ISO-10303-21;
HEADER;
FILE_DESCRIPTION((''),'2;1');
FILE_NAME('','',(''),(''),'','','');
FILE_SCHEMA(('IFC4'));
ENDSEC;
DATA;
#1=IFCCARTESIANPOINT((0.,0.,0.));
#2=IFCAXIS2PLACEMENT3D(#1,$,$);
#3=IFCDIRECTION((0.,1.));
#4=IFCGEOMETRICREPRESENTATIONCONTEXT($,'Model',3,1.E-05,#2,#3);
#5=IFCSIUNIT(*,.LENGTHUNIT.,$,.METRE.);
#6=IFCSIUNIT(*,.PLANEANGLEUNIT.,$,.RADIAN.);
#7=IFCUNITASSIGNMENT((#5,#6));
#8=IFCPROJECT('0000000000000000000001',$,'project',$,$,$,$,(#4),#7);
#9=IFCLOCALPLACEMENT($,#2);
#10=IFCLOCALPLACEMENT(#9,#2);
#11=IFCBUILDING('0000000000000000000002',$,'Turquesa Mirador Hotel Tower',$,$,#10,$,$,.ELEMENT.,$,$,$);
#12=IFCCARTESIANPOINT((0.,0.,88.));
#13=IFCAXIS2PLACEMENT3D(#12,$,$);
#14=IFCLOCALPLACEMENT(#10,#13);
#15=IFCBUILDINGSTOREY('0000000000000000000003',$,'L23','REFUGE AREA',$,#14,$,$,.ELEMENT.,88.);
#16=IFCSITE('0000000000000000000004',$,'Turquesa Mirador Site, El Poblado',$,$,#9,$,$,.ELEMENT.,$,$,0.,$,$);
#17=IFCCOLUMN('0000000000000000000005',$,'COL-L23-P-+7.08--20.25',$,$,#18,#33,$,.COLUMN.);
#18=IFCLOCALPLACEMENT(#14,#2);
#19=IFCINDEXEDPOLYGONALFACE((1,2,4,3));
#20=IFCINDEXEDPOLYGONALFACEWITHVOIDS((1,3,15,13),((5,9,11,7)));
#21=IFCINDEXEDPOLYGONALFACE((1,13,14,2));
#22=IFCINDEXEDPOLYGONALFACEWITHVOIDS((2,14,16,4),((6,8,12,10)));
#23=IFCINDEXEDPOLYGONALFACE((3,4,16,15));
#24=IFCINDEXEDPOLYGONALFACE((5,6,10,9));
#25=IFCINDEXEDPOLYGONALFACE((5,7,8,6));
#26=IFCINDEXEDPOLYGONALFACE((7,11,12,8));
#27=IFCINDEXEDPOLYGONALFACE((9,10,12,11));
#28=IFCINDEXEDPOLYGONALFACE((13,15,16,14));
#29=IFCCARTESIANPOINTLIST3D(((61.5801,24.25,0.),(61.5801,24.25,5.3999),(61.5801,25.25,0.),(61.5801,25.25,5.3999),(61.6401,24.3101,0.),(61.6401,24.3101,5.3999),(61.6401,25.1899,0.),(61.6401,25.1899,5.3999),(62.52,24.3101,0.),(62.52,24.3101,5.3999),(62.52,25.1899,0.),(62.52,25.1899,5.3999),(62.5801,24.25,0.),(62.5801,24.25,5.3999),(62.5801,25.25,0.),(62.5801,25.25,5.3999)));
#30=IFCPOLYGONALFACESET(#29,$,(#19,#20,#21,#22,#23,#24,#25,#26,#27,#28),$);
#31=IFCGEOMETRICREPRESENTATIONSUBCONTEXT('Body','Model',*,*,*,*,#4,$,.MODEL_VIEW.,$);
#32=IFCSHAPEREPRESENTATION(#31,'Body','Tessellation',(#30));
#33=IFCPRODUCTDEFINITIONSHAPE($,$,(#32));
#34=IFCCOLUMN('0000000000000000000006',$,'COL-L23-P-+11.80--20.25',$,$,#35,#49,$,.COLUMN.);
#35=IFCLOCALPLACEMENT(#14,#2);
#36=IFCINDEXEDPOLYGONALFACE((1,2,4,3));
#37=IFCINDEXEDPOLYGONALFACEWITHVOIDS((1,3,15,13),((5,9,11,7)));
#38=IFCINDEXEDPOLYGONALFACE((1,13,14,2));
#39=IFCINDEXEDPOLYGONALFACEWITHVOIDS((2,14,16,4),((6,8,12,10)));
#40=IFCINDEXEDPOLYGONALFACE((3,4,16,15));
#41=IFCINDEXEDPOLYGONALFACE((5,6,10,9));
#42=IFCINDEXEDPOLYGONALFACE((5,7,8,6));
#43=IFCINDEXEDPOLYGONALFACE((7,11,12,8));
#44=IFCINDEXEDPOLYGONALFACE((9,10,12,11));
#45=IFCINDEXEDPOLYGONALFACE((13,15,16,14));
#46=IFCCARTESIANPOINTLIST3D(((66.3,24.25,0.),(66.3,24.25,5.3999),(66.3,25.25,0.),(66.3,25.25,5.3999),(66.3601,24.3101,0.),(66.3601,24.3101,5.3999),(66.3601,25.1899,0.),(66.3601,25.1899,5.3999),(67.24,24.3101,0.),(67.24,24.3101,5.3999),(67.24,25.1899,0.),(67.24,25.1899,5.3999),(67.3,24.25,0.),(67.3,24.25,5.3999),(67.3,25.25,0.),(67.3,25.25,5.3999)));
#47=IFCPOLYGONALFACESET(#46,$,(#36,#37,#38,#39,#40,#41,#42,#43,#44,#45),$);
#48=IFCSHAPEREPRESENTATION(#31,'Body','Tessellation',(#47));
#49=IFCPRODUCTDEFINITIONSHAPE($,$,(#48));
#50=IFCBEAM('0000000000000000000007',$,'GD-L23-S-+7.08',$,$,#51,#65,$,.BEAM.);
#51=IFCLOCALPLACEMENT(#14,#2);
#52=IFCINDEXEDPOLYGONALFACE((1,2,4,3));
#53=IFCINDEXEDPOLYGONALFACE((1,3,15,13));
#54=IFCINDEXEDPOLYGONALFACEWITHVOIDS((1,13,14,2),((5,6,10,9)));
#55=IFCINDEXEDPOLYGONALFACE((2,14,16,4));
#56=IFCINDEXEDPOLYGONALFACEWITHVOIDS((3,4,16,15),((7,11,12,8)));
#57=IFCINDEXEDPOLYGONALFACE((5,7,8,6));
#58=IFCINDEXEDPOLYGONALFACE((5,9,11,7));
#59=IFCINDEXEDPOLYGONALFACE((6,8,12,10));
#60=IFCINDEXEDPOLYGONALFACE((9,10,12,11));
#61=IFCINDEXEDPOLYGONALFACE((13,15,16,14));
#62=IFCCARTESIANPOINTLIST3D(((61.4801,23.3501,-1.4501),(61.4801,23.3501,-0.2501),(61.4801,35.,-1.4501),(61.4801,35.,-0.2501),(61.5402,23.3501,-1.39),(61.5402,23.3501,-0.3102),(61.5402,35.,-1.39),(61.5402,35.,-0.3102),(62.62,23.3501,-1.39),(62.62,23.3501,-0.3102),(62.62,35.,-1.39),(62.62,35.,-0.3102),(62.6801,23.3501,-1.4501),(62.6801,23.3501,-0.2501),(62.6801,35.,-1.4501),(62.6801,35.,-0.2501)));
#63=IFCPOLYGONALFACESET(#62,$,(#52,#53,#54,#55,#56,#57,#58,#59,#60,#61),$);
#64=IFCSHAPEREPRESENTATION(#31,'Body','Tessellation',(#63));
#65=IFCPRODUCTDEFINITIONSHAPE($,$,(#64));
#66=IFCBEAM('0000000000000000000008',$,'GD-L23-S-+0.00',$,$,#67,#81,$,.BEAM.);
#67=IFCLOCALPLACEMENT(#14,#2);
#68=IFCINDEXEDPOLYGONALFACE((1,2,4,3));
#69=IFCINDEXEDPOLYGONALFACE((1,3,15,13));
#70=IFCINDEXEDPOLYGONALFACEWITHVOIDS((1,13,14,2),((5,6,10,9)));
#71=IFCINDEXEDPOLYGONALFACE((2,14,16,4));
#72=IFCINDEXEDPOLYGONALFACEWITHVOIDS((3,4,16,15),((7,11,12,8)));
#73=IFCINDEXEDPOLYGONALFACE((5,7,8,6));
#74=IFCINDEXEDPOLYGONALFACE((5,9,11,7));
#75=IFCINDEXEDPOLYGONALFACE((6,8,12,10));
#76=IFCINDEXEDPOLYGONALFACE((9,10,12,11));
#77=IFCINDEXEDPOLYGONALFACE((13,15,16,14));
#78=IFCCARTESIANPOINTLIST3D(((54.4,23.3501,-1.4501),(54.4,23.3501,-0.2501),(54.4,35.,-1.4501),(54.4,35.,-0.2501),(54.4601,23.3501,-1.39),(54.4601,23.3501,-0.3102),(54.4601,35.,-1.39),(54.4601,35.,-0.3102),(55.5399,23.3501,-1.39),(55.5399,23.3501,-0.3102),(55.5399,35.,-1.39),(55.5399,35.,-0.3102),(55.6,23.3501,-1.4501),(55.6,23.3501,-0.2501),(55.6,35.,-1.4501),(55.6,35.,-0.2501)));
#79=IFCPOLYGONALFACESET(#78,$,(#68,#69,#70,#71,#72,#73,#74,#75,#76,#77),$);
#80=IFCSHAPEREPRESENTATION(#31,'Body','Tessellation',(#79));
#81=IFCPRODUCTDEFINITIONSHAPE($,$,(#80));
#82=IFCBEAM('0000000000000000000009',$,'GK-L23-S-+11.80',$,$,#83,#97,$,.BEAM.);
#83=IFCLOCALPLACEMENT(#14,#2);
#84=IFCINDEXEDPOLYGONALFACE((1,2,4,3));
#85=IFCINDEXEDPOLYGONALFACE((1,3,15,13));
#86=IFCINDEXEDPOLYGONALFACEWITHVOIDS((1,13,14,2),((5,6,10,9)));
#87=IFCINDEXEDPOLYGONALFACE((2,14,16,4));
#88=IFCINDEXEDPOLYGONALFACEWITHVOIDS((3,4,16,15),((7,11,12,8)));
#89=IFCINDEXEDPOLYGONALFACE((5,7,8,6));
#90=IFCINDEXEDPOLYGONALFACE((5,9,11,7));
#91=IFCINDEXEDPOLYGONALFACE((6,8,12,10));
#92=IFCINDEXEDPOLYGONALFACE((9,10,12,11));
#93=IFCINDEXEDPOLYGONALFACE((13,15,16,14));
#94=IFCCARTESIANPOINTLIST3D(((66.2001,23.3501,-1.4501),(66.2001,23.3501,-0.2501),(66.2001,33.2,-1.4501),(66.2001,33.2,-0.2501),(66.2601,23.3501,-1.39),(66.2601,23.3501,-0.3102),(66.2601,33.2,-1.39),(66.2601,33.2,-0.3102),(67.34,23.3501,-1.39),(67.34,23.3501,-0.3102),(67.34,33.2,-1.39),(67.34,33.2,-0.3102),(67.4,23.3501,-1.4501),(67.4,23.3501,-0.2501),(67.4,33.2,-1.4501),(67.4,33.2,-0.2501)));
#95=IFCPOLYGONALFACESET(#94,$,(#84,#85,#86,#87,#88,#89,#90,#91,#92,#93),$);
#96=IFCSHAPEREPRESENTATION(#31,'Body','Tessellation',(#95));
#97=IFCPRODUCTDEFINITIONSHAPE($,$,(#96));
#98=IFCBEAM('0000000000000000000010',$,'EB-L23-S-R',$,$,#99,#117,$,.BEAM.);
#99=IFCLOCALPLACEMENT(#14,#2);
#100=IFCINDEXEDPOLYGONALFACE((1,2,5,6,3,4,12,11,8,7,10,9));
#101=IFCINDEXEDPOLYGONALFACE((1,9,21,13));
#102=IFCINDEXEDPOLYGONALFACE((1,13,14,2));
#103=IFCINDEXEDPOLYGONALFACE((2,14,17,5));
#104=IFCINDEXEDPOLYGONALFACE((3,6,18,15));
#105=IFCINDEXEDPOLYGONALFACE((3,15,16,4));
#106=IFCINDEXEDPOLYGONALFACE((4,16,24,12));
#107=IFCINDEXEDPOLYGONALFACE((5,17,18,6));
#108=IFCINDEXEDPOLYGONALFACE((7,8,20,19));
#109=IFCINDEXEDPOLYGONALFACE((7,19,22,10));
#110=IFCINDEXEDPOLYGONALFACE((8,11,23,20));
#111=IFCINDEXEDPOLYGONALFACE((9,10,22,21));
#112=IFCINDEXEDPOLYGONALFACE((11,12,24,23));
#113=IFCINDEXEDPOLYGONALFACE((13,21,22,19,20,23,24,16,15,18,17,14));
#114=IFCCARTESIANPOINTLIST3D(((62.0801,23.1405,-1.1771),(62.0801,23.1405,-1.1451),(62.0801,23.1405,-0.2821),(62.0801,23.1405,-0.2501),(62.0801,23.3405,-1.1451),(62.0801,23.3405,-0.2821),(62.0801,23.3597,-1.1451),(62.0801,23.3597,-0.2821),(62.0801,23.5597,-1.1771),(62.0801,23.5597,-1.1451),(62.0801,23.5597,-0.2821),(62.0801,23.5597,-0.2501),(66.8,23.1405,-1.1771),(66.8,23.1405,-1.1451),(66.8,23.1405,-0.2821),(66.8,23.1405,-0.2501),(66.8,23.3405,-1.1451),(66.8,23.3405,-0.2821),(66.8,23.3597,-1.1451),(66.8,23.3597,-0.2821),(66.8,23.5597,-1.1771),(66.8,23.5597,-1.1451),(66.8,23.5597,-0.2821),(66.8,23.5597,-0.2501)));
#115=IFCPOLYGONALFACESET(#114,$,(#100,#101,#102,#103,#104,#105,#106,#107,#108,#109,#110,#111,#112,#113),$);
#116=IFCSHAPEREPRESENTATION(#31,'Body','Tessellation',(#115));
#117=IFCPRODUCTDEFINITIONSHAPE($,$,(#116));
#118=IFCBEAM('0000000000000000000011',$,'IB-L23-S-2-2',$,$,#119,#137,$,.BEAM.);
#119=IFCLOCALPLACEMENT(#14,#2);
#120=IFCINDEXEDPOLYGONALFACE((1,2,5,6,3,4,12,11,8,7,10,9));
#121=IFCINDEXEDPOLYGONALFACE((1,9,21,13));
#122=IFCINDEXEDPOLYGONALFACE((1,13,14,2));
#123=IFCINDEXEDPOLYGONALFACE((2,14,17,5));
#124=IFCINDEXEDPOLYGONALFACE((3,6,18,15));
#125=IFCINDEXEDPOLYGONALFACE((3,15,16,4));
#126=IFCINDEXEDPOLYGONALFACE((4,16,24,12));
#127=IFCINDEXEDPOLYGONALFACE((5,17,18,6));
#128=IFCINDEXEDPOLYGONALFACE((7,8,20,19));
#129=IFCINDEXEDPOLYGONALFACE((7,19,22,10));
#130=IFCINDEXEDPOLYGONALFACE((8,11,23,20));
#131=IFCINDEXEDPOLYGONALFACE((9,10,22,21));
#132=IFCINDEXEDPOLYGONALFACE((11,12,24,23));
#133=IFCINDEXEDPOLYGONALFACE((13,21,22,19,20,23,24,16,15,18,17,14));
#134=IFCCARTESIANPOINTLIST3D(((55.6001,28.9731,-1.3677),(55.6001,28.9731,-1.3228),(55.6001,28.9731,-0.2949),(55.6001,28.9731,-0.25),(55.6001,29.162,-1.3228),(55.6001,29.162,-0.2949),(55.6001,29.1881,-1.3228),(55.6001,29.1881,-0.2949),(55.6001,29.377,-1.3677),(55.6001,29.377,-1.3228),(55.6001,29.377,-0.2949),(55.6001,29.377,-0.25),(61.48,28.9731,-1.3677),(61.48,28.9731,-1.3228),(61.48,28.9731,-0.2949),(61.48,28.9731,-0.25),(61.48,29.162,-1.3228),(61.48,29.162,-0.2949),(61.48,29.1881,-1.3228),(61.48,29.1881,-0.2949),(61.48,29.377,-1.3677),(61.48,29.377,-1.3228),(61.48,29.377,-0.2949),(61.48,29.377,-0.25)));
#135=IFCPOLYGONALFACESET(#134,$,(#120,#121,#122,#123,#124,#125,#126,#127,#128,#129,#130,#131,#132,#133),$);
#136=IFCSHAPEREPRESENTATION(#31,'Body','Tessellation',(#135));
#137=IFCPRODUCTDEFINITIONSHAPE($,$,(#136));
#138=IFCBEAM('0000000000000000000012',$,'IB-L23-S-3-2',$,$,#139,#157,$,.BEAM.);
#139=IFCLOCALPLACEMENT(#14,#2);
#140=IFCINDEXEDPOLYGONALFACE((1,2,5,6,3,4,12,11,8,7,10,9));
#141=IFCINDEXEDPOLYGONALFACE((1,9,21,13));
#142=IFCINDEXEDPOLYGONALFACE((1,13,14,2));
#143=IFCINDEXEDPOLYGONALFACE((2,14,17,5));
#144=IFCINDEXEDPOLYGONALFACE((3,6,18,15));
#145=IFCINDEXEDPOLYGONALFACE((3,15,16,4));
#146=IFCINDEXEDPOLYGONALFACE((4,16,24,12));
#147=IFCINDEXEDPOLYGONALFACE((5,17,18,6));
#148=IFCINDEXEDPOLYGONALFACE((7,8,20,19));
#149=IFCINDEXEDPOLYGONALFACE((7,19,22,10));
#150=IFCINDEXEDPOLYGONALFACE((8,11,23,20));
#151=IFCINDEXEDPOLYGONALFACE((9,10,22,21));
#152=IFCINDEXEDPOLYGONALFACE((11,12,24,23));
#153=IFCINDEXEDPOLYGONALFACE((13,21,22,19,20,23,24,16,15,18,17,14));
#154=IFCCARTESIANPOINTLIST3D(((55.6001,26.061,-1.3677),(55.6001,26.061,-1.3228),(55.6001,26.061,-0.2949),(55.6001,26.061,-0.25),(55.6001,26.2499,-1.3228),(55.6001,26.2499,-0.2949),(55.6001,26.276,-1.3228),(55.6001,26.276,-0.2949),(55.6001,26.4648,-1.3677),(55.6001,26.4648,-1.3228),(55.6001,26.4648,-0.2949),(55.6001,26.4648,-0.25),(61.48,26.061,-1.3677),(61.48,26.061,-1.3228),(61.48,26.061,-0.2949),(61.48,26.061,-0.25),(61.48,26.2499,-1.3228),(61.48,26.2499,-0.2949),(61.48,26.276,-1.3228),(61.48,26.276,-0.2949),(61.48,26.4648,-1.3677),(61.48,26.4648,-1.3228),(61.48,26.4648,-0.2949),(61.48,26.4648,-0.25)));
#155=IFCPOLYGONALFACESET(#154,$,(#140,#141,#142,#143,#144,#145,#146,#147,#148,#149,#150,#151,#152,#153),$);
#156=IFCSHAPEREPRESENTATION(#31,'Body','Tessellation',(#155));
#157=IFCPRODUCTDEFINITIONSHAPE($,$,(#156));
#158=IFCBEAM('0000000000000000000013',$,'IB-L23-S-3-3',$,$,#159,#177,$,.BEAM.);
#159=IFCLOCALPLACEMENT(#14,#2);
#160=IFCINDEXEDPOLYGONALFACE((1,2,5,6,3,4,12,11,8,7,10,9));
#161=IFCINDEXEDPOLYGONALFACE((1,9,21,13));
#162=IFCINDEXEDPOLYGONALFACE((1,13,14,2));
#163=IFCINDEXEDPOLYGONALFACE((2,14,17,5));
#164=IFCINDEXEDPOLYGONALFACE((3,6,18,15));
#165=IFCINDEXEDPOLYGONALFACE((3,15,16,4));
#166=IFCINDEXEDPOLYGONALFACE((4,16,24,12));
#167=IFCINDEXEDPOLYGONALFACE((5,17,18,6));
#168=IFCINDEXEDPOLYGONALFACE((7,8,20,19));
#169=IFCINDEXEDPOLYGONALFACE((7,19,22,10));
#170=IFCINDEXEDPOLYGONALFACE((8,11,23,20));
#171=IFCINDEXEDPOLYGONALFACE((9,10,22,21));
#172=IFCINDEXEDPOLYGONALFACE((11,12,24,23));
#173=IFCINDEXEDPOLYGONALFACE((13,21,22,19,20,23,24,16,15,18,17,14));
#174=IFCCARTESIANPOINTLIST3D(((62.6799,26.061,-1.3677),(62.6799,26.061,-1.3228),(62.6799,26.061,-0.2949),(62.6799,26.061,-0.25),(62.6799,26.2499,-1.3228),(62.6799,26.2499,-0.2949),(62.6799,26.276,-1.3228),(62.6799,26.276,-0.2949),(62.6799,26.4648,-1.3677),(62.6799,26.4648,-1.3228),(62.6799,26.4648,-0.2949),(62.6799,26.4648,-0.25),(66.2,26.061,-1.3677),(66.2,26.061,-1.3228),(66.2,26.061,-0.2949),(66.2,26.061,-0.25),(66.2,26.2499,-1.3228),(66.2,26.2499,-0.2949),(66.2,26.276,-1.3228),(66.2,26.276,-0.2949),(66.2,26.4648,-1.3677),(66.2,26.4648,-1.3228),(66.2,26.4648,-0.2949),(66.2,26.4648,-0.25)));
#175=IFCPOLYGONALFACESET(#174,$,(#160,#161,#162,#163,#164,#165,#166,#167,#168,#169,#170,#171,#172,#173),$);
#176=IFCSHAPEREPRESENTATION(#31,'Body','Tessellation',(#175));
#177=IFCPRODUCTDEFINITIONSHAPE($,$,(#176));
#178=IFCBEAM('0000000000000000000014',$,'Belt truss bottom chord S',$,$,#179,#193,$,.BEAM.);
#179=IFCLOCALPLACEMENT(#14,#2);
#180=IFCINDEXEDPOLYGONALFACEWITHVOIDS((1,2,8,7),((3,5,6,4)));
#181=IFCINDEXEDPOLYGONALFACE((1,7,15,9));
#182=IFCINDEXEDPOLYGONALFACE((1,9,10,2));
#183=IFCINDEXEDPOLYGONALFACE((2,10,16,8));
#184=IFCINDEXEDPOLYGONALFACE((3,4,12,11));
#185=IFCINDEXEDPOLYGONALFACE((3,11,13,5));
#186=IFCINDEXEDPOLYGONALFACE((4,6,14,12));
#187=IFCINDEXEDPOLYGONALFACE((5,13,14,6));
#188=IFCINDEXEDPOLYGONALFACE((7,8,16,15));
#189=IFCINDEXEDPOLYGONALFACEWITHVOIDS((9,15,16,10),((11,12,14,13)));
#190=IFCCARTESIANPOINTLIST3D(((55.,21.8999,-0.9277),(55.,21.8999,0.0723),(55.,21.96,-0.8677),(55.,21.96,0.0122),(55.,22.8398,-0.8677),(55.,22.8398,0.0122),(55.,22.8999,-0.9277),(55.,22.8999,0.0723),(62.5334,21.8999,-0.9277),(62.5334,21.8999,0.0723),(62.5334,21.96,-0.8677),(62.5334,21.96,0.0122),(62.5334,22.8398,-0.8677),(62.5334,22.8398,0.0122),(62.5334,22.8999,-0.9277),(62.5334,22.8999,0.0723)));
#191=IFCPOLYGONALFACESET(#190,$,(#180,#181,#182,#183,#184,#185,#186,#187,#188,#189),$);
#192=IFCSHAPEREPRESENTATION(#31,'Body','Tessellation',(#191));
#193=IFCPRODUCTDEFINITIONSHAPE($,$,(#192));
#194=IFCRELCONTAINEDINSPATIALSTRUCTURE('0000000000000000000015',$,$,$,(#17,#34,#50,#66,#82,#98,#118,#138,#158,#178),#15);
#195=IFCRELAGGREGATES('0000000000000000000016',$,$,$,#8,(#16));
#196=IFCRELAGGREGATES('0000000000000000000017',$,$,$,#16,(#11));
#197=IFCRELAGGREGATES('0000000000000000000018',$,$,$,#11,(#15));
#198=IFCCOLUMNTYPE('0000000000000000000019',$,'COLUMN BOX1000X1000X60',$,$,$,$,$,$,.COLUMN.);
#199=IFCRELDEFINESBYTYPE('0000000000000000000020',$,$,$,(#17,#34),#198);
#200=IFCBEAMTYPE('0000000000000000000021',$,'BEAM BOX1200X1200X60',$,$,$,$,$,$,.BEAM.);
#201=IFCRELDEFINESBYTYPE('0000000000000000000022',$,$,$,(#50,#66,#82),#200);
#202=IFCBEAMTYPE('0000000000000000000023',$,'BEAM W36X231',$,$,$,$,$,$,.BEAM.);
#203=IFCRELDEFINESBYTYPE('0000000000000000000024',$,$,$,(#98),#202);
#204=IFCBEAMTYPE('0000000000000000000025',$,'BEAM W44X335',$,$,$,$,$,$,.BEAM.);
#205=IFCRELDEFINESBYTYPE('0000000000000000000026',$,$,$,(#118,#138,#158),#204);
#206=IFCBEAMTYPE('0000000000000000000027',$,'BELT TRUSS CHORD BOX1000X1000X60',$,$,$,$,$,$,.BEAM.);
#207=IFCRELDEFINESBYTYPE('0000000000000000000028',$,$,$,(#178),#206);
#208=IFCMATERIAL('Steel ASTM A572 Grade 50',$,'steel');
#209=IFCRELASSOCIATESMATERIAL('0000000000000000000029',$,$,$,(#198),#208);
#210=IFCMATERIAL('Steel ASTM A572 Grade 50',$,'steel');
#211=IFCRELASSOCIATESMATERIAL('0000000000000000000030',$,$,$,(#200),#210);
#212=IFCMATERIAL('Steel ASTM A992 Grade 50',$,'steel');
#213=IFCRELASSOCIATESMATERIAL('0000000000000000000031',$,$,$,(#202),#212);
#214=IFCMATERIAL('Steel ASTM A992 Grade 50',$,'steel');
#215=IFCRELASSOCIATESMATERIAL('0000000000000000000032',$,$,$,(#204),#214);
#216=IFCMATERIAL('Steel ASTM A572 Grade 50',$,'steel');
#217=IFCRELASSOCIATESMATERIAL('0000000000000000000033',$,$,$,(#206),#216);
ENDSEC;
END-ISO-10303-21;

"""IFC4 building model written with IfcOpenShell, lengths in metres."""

from ifc_helpers import new_model, si_unit, direction, frame, origin, origin_2d, place, context, subcontext, project, spatial, hollow_rectangle, i_section, extrude, material, material_profile, profile_set, type_object, element, save


model = new_model("IFC4")

# Units and contexts
model_context = context("Model", 3, precision=1e-05, world=origin(), true_north=direction((0.0, 1.0)))
body_context = subcontext(model_context, "Body", "Model", "MODEL_VIEW")
ifc_project = project(units=[si_unit("LENGTHUNIT", "METRE"), si_unit("PLANEANGLEUNIT", "RADIAN")], contexts=[model_context])

# Site, building, storey
site_placement = place(None, origin())
site = spatial("IfcSite", under=ifc_project, at=site_placement, Name="Turquesa Mirador Site, El Poblado", CompositionType="ELEMENT", RefElevation=0.0)
building_placement = place(site_placement, origin())
building = spatial("IfcBuilding", under=site, at=building_placement, Name="Turquesa Mirador Hotel Tower", CompositionType="ELEMENT")
storey_placement = place(building_placement, frame((0.0, 0.0, 88.0)))
storey = spatial("IfcBuildingStorey", under=building, at=storey_placement, Name="L23", Description="REFUGE AREA", CompositionType="ELEMENT", Elevation=88.0)

# Columns
ifc_material_1 = material(Name="Steel ASTM A572 Grade 50", Category="steel")
ifc_material_profile_1 = material_profile(ifc_material_1, hollow_rectangle(XDim=1.0, YDim=1.0, WallThickness=0.0601, at=origin_2d()), Name="BOX1000X1000X60")
ifc_profile_set_1 = profile_set([ifc_material_profile_1], Name="Steel ASTM A572 Grade 50")
column_type = type_object("IfcColumnType", Name="COLUMN BOX1000X1000X60", PredefinedType="COLUMN", material=ifc_profile_set_1)
for number, where, z_axis, x_axis, name in (
    (1, (62.0801, 24.75, 0.0), (0.0, 0.0, 1.0), (1.0, 0.0, 0.0), "COL-L23-P-+7.08--20.25"),
    (2, (66.8, 24.75, 0.0), (0.0, 0.0, 1.0), (1.0, 0.0, 0.0), "COL-L23-P-+11.80--20.25"),
):
    element("IfcColumn", number, at=place(storey_placement, frame(where, z_axis=z_axis, x_axis=x_axis)), inside=storey, type_object=column_type, Name=name, PredefinedType="COLUMN", context=body_context, shape_type="SweptSolid", body=[
        extrude(hollow_rectangle(XDim=1.0, YDim=1.0, WallThickness=0.0601, at=origin_2d()), origin(), (0.0, 0.0, 1.0), 5.3999),
    ])

# Beams
ifc_material_2 = material(Name="Steel ASTM A572 Grade 50", Category="steel")
ifc_material_profile_2 = material_profile(ifc_material_2, hollow_rectangle(XDim=1.2, YDim=1.2, WallThickness=0.0601, at=origin_2d()), Name="BOX1200X1200X60")
ifc_profile_set_2 = profile_set([ifc_material_profile_2], Name="Steel ASTM A572 Grade 50")
beam_type_1 = type_object("IfcBeamType", Name="BEAM BOX1200X1200X60", PredefinedType="BEAM", material=ifc_profile_set_2)
for number, where, z_axis, x_axis, name in (
    (3, (62.0801, 23.3501, -0.8501), (0.0, 1.0, 0.0), (-1.0, 0.0, 0.0), "GD-L23-S-+7.08"),
    (4, (55.0, 23.3501, -0.8501), (0.0, 1.0, 0.0), (-1.0, 0.0, 0.0), "GD-L23-S-+0.00"),
):
    element("IfcBeam", number, at=place(storey_placement, frame(where, z_axis=z_axis, x_axis=x_axis)), inside=storey, type_object=beam_type_1, Name=name, PredefinedType="BEAM", context=body_context, shape_type="SweptSolid", body=[
        extrude(hollow_rectangle(XDim=1.2, YDim=1.2, WallThickness=0.0601, at=origin_2d()), origin(), (0.0, 0.0, 1.0), 11.6499),
    ])
beam_1_placement = place(storey_placement, frame((66.8, 23.3501, -0.8501), z_axis=(0.0, 1.0, 0.0), x_axis=(-1.0, 0.0, 0.0)))
element("IfcBeam", 5, at=beam_1_placement, inside=storey, type_object=beam_type_1, Name="GK-L23-S-+11.80", PredefinedType="BEAM", context=body_context, shape_type="SweptSolid", body=[
    extrude(hollow_rectangle(XDim=1.2, YDim=1.2, WallThickness=0.0601, at=origin_2d()), origin(), (0.0, 0.0, 1.0), 9.8499),
])
ifc_material_3 = material(Name="Steel ASTM A992 Grade 50", Category="steel")
ifc_material_profile_3 = material_profile(ifc_material_3, i_section(OverallWidth=0.4192, OverallDepth=0.927, WebThickness=0.0193, FlangeThickness=0.032, at=origin_2d()), Name="W36X231")
ifc_profile_set_3 = profile_set([ifc_material_profile_3], Name="Steel ASTM A992 Grade 50")
beam_type_2 = type_object("IfcBeamType", Name="BEAM W36X231", PredefinedType="BEAM", material=ifc_profile_set_3)
beam_2_placement = place(storey_placement, frame((62.0801, 23.3501, -0.7136), z_axis=(1.0, 0.0, 0.0), x_axis=(0.0, 1.0, 0.0)))
element("IfcBeam", 6, at=beam_2_placement, inside=storey, type_object=beam_type_2, Name="EB-L23-S-R", PredefinedType="BEAM", context=body_context, shape_type="SweptSolid", body=[
    extrude(i_section(OverallWidth=0.4192, OverallDepth=0.927, WebThickness=0.0193, FlangeThickness=0.032, at=origin_2d()), origin(), (0.0, 0.0, 1.0), 4.72),
])
ifc_material_4 = material(Name="Steel ASTM A992 Grade 50", Category="steel")
ifc_material_profile_4 = material_profile(ifc_material_4, i_section(OverallWidth=0.4038, OverallDepth=1.1177, WebThickness=0.0261, FlangeThickness=0.0449, at=origin_2d()), Name="W44X335")
ifc_profile_set_4 = profile_set([ifc_material_profile_4], Name="Steel ASTM A992 Grade 50")
beam_type_3 = type_object("IfcBeamType", Name="BEAM W44X335", PredefinedType="BEAM", material=ifc_profile_set_4)
for number, where, z_axis, x_axis, name in (
    (7, (55.6001, 29.175, -0.8088), (1.0, 0.0, 0.0), (0.0, 1.0, 0.0), "IB-L23-S-2-2"),
    (8, (55.6001, 26.2629, -0.8088), (1.0, 0.0, 0.0), (0.0, 1.0, 0.0), "IB-L23-S-3-2"),
):
    element("IfcBeam", number, at=place(storey_placement, frame(where, z_axis=z_axis, x_axis=x_axis)), inside=storey, type_object=beam_type_3, Name=name, PredefinedType="BEAM", context=body_context, shape_type="SweptSolid", body=[
        extrude(i_section(OverallWidth=0.4038, OverallDepth=1.1177, WebThickness=0.0261, FlangeThickness=0.0449, at=origin_2d()), origin(), (0.0, 0.0, 1.0), 5.8799),
    ])
beam_3_placement = place(storey_placement, frame((62.6799, 26.2629, -0.8088), z_axis=(1.0, 0.0, 0.0), x_axis=(0.0, 1.0, 0.0)))
element("IfcBeam", 9, at=beam_3_placement, inside=storey, type_object=beam_type_3, Name="IB-L23-S-3-3", PredefinedType="BEAM", context=body_context, shape_type="SweptSolid", body=[
    extrude(i_section(OverallWidth=0.4038, OverallDepth=1.1177, WebThickness=0.0261, FlangeThickness=0.0449, at=origin_2d()), origin(), (0.0, 0.0, 1.0), 3.52),
])
ifc_material_5 = material(Name="Steel ASTM A572 Grade 50", Category="steel")
ifc_material_profile_5 = material_profile(ifc_material_5, hollow_rectangle(XDim=1.0, YDim=1.0, WallThickness=0.0601, at=origin_2d()), Name="BOX1000X1000X60")
ifc_profile_set_5 = profile_set([ifc_material_profile_5], Name="Steel ASTM A572 Grade 50")
beam_type_4 = type_object("IfcBeamType", Name="BELT TRUSS CHORD BOX1000X1000X60", PredefinedType="BEAM", material=ifc_profile_set_5)
beam_4_placement = place(storey_placement, frame((55.0, 22.3999, -0.4277), z_axis=(1.0, 0.0, 0.0), x_axis=(0.0, 1.0, 0.0)))
element("IfcBeam", 10, at=beam_4_placement, inside=storey, type_object=beam_type_4, Name="Belt truss bottom chord S", PredefinedType="BEAM", context=body_context, shape_type="SweptSolid", body=[
    extrude(hollow_rectangle(XDim=1.0, YDim=1.0, WallThickness=0.0601, at=origin_2d()), origin(), (0.0, 0.0, 1.0), 7.5334),
])

save(model, "model.ifc")
